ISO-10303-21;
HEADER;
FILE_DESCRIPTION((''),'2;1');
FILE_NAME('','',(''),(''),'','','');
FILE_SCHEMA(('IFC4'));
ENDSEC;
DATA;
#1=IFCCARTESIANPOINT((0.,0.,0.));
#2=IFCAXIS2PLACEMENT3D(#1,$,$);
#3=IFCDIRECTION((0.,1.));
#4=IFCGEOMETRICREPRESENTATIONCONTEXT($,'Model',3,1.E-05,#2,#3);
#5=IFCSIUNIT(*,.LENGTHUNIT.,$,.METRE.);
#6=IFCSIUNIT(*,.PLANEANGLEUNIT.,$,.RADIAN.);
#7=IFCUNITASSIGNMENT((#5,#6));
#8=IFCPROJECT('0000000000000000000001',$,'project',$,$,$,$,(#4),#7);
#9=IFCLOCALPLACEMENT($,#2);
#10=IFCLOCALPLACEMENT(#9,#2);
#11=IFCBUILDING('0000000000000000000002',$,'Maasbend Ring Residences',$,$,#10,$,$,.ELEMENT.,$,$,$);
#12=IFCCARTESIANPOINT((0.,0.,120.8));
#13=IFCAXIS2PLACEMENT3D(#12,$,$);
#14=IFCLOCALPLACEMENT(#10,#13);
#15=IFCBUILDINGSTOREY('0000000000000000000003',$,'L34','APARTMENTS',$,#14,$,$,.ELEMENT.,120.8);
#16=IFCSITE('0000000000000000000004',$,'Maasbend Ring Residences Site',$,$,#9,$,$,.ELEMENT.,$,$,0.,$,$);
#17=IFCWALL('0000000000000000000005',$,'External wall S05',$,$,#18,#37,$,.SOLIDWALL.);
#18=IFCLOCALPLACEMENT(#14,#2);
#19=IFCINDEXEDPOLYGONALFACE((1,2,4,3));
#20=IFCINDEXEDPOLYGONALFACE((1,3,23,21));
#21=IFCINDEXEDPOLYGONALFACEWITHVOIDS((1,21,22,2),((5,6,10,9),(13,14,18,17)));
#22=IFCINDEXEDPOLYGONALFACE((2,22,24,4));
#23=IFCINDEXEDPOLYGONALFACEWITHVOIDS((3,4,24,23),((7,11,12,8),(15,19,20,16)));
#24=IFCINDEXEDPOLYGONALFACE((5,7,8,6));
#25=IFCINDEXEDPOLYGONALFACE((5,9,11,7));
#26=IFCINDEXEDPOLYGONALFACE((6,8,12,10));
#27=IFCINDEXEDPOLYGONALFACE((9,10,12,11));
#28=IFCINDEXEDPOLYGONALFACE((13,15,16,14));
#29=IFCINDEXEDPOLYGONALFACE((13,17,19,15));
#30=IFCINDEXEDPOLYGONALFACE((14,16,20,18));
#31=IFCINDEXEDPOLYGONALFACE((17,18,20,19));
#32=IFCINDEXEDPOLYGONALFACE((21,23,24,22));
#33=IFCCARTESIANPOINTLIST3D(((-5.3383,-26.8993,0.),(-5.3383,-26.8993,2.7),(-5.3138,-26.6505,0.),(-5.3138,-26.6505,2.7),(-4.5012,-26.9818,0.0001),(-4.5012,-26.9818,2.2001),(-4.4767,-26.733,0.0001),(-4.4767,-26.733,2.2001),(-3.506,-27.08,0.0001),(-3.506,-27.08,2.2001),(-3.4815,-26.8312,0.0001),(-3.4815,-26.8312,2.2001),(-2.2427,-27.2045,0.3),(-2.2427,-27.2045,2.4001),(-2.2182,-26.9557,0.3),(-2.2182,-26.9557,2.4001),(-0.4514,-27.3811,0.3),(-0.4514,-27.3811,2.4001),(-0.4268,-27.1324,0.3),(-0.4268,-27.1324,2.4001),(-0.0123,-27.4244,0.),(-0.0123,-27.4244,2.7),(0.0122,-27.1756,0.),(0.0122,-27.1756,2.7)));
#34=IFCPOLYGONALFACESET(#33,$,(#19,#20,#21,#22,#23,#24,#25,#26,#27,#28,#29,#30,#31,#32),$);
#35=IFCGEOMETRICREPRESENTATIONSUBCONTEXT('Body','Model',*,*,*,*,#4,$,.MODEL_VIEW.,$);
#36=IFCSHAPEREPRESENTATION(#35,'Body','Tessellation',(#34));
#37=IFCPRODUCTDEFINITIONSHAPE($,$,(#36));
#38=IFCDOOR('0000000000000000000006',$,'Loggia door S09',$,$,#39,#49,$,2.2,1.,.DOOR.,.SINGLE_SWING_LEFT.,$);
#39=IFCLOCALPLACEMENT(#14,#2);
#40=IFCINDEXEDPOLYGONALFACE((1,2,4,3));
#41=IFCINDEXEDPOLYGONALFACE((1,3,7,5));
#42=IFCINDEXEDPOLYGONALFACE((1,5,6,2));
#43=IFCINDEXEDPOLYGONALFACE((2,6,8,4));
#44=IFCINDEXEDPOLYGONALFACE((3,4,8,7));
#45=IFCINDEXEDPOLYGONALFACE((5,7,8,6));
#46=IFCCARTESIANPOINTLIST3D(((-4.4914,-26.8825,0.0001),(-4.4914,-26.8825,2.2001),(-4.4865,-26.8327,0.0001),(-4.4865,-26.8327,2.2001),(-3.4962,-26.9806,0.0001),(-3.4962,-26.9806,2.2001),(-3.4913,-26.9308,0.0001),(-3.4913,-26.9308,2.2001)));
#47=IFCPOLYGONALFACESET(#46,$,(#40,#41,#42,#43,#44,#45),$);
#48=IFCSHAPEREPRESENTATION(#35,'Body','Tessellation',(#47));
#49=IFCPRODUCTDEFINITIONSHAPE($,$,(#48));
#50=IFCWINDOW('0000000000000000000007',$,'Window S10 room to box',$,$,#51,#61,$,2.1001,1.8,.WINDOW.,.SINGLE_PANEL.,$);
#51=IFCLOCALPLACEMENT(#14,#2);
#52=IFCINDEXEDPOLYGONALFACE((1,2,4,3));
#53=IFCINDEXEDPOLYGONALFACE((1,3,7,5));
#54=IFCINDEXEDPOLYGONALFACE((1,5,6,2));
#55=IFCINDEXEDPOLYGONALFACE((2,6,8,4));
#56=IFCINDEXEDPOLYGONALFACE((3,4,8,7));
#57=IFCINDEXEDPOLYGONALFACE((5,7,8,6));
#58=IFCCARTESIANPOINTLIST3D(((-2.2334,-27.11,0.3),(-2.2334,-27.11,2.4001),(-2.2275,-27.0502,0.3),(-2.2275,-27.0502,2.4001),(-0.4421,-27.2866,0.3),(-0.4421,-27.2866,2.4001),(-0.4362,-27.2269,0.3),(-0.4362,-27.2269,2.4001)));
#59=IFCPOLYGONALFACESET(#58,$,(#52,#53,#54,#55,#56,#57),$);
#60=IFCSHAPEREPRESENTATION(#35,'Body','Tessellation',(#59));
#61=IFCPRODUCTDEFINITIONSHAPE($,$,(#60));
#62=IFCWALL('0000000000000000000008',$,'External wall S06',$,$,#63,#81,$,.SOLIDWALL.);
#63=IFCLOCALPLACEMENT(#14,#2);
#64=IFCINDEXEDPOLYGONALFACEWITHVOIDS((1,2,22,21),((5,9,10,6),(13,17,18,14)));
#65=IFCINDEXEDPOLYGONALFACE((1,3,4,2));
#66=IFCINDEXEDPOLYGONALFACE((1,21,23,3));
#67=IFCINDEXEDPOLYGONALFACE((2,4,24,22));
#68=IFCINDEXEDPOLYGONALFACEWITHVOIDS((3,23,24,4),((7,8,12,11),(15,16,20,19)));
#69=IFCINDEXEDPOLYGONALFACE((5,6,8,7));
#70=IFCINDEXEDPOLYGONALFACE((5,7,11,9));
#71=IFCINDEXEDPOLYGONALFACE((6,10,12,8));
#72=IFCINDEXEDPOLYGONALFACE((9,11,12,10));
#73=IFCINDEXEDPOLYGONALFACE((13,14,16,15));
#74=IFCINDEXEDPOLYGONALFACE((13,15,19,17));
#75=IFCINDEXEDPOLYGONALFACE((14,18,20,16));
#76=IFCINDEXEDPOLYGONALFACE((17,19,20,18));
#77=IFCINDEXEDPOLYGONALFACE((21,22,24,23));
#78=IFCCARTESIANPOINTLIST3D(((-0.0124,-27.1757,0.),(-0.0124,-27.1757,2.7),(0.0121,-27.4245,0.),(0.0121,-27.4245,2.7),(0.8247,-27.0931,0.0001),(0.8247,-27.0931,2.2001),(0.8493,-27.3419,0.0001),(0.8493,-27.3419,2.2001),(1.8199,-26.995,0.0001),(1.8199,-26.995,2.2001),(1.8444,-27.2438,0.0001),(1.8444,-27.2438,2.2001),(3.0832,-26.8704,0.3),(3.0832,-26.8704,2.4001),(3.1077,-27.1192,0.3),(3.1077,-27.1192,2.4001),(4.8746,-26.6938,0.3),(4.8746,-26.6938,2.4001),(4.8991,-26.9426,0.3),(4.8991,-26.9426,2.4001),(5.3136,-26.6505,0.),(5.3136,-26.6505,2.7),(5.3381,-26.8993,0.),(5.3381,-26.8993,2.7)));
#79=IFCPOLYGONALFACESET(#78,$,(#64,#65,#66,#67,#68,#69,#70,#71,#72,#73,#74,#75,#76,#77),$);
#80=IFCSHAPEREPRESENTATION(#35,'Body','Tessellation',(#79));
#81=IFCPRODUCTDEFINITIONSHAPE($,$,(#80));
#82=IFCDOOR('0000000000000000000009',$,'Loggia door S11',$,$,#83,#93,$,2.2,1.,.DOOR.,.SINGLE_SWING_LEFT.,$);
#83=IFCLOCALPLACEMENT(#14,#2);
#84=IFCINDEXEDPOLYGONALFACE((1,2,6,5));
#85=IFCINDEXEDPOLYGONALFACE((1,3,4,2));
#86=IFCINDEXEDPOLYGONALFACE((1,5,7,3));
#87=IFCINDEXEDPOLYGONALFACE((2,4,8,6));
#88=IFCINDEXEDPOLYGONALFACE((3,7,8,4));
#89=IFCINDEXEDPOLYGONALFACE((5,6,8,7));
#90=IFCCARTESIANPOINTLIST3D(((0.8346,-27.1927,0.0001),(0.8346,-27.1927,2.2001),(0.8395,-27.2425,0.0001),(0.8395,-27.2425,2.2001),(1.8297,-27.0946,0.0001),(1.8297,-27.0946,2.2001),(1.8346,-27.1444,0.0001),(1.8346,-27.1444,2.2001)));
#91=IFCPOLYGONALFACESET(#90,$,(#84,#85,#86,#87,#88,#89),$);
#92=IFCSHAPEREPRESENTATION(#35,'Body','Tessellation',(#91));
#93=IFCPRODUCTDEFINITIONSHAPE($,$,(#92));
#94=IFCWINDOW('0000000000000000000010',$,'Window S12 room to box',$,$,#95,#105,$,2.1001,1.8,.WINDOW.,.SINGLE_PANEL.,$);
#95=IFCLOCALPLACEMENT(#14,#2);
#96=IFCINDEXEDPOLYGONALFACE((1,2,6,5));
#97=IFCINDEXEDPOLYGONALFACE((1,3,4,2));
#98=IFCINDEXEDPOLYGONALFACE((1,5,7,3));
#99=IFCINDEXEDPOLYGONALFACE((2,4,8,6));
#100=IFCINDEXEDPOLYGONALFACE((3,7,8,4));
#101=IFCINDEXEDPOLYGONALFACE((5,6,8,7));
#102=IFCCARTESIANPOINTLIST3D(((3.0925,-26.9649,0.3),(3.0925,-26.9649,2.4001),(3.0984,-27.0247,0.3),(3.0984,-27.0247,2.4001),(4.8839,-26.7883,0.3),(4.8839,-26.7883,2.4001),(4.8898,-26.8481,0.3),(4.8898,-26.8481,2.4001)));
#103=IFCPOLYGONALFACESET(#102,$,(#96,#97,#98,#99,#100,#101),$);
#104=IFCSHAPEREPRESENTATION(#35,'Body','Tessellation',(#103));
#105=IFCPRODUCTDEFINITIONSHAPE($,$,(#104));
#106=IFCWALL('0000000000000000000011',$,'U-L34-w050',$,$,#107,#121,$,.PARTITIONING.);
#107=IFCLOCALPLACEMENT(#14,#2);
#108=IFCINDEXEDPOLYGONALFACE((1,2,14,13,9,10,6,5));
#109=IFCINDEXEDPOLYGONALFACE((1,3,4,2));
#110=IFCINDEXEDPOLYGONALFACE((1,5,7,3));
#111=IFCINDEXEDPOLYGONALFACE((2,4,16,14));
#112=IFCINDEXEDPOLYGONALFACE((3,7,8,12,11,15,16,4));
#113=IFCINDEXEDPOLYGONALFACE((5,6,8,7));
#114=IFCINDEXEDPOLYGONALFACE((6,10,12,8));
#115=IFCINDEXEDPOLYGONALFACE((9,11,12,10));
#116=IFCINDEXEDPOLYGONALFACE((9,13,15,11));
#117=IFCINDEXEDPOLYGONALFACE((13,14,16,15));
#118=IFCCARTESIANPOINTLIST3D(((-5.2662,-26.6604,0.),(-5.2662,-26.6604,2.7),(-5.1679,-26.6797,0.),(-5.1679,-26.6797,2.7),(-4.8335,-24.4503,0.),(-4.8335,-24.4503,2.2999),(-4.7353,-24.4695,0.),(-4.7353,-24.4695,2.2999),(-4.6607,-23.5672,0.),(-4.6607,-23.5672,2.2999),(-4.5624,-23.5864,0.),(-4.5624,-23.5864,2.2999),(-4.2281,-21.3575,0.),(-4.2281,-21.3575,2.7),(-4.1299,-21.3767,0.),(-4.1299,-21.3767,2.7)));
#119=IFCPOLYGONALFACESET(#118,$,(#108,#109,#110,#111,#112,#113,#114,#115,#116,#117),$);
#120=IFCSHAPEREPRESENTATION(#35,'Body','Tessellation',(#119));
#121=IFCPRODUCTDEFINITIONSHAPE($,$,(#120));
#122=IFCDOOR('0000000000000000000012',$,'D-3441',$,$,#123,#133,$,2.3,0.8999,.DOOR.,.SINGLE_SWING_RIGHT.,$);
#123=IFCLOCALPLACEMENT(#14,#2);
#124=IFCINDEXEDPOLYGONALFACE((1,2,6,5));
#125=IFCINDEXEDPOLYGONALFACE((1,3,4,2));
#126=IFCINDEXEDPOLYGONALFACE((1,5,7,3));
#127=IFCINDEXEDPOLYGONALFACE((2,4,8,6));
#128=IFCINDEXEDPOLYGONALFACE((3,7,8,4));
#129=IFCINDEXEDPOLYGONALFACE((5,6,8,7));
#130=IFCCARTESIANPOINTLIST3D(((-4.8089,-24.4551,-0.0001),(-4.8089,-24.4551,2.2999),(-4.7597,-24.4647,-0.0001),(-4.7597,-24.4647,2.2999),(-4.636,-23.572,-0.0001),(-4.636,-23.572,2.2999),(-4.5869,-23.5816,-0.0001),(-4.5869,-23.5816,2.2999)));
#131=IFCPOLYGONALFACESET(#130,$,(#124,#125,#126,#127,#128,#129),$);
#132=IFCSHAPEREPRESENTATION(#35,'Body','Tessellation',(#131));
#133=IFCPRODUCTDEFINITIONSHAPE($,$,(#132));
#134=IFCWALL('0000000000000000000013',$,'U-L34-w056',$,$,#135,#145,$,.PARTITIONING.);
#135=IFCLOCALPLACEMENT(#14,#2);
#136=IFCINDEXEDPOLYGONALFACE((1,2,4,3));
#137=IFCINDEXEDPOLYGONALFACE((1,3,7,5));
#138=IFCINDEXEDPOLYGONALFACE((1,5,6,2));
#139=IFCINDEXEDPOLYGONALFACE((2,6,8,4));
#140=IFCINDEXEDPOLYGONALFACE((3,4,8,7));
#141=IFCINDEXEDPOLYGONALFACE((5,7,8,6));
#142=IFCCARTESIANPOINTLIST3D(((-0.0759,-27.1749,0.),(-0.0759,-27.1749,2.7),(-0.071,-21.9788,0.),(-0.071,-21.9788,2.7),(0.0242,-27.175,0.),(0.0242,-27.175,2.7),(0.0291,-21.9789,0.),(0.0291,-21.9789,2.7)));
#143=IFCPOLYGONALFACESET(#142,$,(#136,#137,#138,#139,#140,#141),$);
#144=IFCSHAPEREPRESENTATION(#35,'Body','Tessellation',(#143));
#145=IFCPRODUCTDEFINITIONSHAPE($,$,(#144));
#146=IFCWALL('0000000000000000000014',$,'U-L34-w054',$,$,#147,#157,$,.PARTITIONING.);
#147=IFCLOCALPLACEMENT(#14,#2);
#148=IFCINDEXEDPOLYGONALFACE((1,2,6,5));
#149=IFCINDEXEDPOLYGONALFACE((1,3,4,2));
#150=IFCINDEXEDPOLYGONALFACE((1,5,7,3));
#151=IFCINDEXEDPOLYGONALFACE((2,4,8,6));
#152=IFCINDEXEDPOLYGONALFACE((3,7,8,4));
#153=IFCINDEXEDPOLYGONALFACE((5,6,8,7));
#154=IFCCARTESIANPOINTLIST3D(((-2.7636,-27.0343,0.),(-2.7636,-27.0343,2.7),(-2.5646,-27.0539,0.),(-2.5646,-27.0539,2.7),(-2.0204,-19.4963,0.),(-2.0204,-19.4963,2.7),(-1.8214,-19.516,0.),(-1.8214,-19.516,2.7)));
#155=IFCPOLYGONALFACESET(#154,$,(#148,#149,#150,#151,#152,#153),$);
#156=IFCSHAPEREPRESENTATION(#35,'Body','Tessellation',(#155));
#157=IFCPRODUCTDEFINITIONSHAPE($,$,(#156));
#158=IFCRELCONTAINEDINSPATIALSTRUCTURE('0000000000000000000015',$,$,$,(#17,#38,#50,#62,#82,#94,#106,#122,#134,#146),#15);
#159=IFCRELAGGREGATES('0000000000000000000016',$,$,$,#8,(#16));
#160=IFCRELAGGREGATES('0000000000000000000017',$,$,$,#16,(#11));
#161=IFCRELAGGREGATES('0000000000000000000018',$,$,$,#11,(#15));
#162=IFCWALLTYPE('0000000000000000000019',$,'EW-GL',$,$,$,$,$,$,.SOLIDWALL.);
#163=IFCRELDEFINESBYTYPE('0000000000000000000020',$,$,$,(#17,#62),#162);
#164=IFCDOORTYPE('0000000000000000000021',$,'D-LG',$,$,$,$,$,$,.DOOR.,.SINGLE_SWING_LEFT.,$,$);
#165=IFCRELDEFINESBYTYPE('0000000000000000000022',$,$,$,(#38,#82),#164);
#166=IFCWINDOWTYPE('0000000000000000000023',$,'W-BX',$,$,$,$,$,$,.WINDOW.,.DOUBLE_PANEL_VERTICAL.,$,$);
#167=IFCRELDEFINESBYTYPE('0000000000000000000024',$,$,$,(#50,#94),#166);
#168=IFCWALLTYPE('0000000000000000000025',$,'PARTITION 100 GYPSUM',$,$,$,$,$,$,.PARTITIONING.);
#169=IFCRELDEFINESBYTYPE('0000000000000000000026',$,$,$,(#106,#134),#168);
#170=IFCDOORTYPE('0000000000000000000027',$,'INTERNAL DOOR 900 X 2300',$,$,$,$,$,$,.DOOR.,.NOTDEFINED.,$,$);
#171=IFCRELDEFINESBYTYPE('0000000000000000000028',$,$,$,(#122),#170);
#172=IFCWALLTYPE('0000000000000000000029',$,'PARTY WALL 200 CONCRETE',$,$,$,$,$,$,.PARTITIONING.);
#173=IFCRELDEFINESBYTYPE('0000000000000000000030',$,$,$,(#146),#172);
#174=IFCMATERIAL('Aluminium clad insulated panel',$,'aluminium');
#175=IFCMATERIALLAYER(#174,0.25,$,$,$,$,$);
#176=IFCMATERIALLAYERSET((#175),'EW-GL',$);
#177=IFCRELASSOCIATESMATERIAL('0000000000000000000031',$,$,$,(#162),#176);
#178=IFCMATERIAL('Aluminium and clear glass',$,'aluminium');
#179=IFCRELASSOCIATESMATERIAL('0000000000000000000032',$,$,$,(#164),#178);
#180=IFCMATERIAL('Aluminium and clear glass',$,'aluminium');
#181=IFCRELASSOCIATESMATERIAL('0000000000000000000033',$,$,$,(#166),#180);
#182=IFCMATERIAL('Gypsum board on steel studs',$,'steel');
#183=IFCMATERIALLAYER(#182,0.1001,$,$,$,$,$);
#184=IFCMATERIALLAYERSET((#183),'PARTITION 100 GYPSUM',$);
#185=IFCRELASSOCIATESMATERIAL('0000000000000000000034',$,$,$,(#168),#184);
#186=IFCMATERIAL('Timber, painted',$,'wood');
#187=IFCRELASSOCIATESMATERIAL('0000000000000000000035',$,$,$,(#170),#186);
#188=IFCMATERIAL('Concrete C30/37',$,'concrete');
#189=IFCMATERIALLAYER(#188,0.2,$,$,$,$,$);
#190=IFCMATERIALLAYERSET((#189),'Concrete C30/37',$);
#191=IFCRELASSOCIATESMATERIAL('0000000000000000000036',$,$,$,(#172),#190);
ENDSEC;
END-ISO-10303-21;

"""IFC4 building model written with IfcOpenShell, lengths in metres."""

from ifc_helpers import new_model, si_unit, direction, frame, frame_2d, origin, place, context, subcontext, project, spatial, rectangle, extrude, material, layer, layer_set, type_object, element, fill, save


model = new_model("IFC4")

# Units and contexts
model_context = context("Model", 3, precision=1e-05, world=origin(), true_north=direction((0.0, 1.0)))
body_context = subcontext(model_context, "Body", "Model", "MODEL_VIEW")
ifc_project = project(units=[si_unit("LENGTHUNIT", "METRE"), si_unit("PLANEANGLEUNIT", "RADIAN")], contexts=[model_context])

# Site, building, storey
site_placement = place(None, origin())
site = spatial("IfcSite", under=ifc_project, at=site_placement, Name="Maasbend Ring Residences Site", CompositionType="ELEMENT", RefElevation=0.0)
building_placement = place(site_placement, origin())
building = spatial("IfcBuilding", under=site, at=building_placement, Name="Maasbend Ring Residences", CompositionType="ELEMENT")
storey_placement = place(building_placement, frame((0.0, 0.0, 120.8)))
storey = spatial("IfcBuildingStorey", under=building, at=storey_placement, Name="L34", Description="APARTMENTS", CompositionType="ELEMENT", Elevation=120.8)

# Walls, openings, doors, windows
ifc_material_1 = material(Name="Aluminium clad insulated panel", Category="aluminium")
ifc_layer_1 = layer(ifc_material_1, 0.25)
ifc_layer_set_1 = layer_set([ifc_layer_1], Name="EW-GL")
wall_type_1 = type_object("IfcWallType", Name="EW-GL", PredefinedType="SOLIDWALL", material=ifc_layer_set_1)
wall_1_placement = place(storey_placement, frame((-5.3259, -26.7749, 0.0), z_axis=(0.0, 0.0, 1.0), x_axis=(0.995174, -0.098126, 0.0)))
wall_1 = element("IfcWall", 1, at=wall_1_placement, inside=storey, type_object=wall_type_1, Name="External wall S05", PredefinedType="SOLIDWALL", context=body_context, shape_type="SweptSolid", body=[
    extrude(rectangle(XDim=5.3518, YDim=0.25, at=frame_2d((2.6758, 0.0))), origin(), (0.0, 0.0, 1.0), 2.7),
])
opening_1_placement = place(wall_1_placement, frame((0.8411, 0.0, 0.0)))
opening_1 = element("IfcOpeningElement", 2, at=opening_1_placement, cuts=wall_1, PredefinedType="OPENING", context=body_context, shape_type="SweptSolid", body=[
    extrude(rectangle(XDim=1.0, YDim=2.2, at=frame_2d((0.5, 1.1001))), frame((0.0, 0.135, 0.0), z_axis=(0.0, -1.0, 0.0), x_axis=(1.0, 0.0, 0.0)), (0.0, 0.0, 1.0), 0.27),
])
opening_2_placement = place(wall_1_placement, frame((3.1106, 0.0, 0.3)))
opening_2 = element("IfcOpeningElement", 3, at=opening_2_placement, cuts=wall_1, PredefinedType="OPENING", context=body_context, shape_type="SweptSolid", body=[
    extrude(rectangle(XDim=1.8, YDim=2.1001, at=frame_2d((0.8999, 1.05))), frame((0.0, 0.135, 0.0), z_axis=(0.0, -1.0, 0.0), x_axis=(1.0, 0.0, 0.0)), (0.0, 0.0, 1.0), 0.27),
])
ifc_material_2 = material(Name="Aluminium and clear glass", Category="aluminium")
door_type_1 = type_object("IfcDoorType", Name="D-LG", OperationType="SINGLE_SWING_LEFT", PredefinedType="DOOR", material=ifc_material_2)
door_1_placement = place(opening_1_placement, origin())
door_1 = element("IfcDoor", 4, at=door_1_placement, inside=storey, type_object=door_type_1, Name="Loggia door S09", OperationType="SINGLE_SWING_LEFT", OverallHeight=2.2, OverallWidth=1.0, PredefinedType="DOOR", context=body_context, shape_type="SweptSolid", body=[
    extrude(rectangle(XDim=1.0, YDim=2.2, at=frame_2d((0.5, 1.1001))), frame((0.0, 0.0249, 0.0), z_axis=(0.0, -1.0, 0.0), x_axis=(1.0, 0.0, 0.0)), (0.0, 0.0, 1.0), 0.05),
])
fill(opening_1, door_1)
ifc_material_3 = material(Name="Aluminium and clear glass", Category="aluminium")
window_type_1 = type_object("IfcWindowType", Name="W-BX", PartitioningType="DOUBLE_PANEL_VERTICAL", PredefinedType="WINDOW", material=ifc_material_3)
window_1_placement = place(opening_2_placement, origin())
window_1 = element("IfcWindow", 5, at=window_1_placement, inside=storey, type_object=window_type_1, Name="Window S10 room to box", OverallHeight=2.1001, OverallWidth=1.8, PartitioningType="SINGLE_PANEL", PredefinedType="WINDOW", context=body_context, shape_type="SweptSolid", body=[
    extrude(rectangle(XDim=1.8, YDim=2.1001, at=frame_2d((0.8999, 1.05))), frame((0.0, 0.03, 0.0), z_axis=(0.0, -1.0, 0.0), x_axis=(1.0, 0.0, 0.0)), (0.0, 0.0, 1.0), 0.0601),
])
fill(opening_2, window_1)
wall_2_placement = place(storey_placement, frame((0.0, -27.3, 0.0), z_axis=(0.0, 0.0, 1.0), x_axis=(0.995174, 0.098126, 0.0)))
wall_2 = element("IfcWall", 6, at=wall_2_placement, inside=storey, type_object=wall_type_1, Name="External wall S06", PredefinedType="SOLIDWALL", context=body_context, shape_type="SweptSolid", body=[
    extrude(rectangle(XDim=5.3518, YDim=0.25, at=frame_2d((2.6758, 0.0))), origin(), (0.0, 0.0, 1.0), 2.7),
])
opening_3_placement = place(wall_2_placement, frame((0.8411, 0.0, 0.0)))
opening_3 = element("IfcOpeningElement", 7, at=opening_3_placement, cuts=wall_2, PredefinedType="OPENING", context=body_context, shape_type="SweptSolid", body=[
    extrude(rectangle(XDim=1.0, YDim=2.2, at=frame_2d((0.5, 1.1001))), frame((0.0, 0.135, 0.0), z_axis=(0.0, -1.0, 0.0), x_axis=(1.0, 0.0, 0.0)), (0.0, 0.0, 1.0), 0.27),
])
opening_4_placement = place(wall_2_placement, frame((3.1106, 0.0, 0.3)))
opening_4 = element("IfcOpeningElement", 8, at=opening_4_placement, cuts=wall_2, PredefinedType="OPENING", context=body_context, shape_type="SweptSolid", body=[
    extrude(rectangle(XDim=1.8, YDim=2.1001, at=frame_2d((0.8999, 1.05))), frame((0.0, 0.135, 0.0), z_axis=(0.0, -1.0, 0.0), x_axis=(1.0, 0.0, 0.0)), (0.0, 0.0, 1.0), 0.27),
])
door_2_placement = place(opening_3_placement, origin())
door_2 = element("IfcDoor", 9, at=door_2_placement, inside=storey, type_object=door_type_1, Name="Loggia door S11", OperationType="SINGLE_SWING_LEFT", OverallHeight=2.2, OverallWidth=1.0, PredefinedType="DOOR", context=body_context, shape_type="SweptSolid", body=[
    extrude(rectangle(XDim=1.0, YDim=2.2, at=frame_2d((0.5, 1.1001))), frame((0.0, 0.0249, 0.0), z_axis=(0.0, -1.0, 0.0), x_axis=(1.0, 0.0, 0.0)), (0.0, 0.0, 1.0), 0.05),
])
fill(opening_3, door_2)
window_2_placement = place(opening_4_placement, origin())
window_2 = element("IfcWindow", 10, at=window_2_placement, inside=storey, type_object=window_type_1, Name="Window S12 room to box", OverallHeight=2.1001, OverallWidth=1.8, PartitioningType="SINGLE_PANEL", PredefinedType="WINDOW", context=body_context, shape_type="SweptSolid", body=[
    extrude(rectangle(XDim=1.8, YDim=2.1001, at=frame_2d((0.8999, 1.05))), frame((0.0, 0.03, 0.0), z_axis=(0.0, -1.0, 0.0), x_axis=(1.0, 0.0, 0.0)), (0.0, 0.0, 1.0), 0.0601),
])
fill(opening_4, window_2)

# Wall, opening, door
ifc_material_4 = material(Name="Gypsum board on steel studs", Category="steel")
ifc_layer_2 = layer(ifc_material_4, 0.1001)
ifc_layer_set_2 = layer_set([ifc_layer_2], Name="PARTITION 100 GYPSUM")
wall_type_2 = type_object("IfcWallType", Name="PARTITION 100 GYPSUM", PredefinedType="PARTITIONING", material=ifc_layer_set_2)
wall_3_placement = place(storey_placement, frame((-5.217, -26.6699, 0.0), z_axis=(0.0, 0.0, 1.0), x_axis=(0.192109, 0.981374, 0.0)))
wall_3 = element("IfcWall", 11, at=wall_3_placement, inside=storey, type_object=wall_type_2, Name="U-L34-w050", PredefinedType="PARTITIONING", context=body_context, shape_type="SweptSolid", body=[
    extrude(rectangle(XDim=5.4036, YDim=0.1001, at=frame_2d((2.7017, 0.0))), origin(), (0.0, 0.0, 1.0), 2.7),
])
opening_5_placement = place(wall_3_placement, frame((2.252, 0.0, 0.0)))
opening_5 = element("IfcOpeningElement", 12, at=opening_5_placement, cuts=wall_3, PredefinedType="OPENING", context=body_context, shape_type="SweptSolid", body=[
    extrude(rectangle(XDim=0.8999, YDim=2.3, at=frame_2d((0.45, 1.1499))), frame((0.0, 0.0601, 0.0), z_axis=(0.0, -1.0, 0.0), x_axis=(1.0, 0.0, 0.0)), (0.0, 0.0, 1.0), 0.1201),
])
ifc_material_5 = material(Name="Timber, painted", Category="wood")
door_type_2 = type_object("IfcDoorType", Name="INTERNAL DOOR 900 X 2300", OperationType="NOTDEFINED", PredefinedType="DOOR", material=ifc_material_5)
door_3_placement = place(opening_5_placement, origin())
door_3 = element("IfcDoor", 13, at=door_3_placement, inside=storey, type_object=door_type_2, Name="D-3441", OperationType="SINGLE_SWING_RIGHT", OverallHeight=2.3, OverallWidth=0.8999, PredefinedType="DOOR", context=body_context, shape_type="SweptSolid", body=[
    extrude(rectangle(XDim=0.8999, YDim=2.3, at=frame_2d((0.45, 1.1499))), frame((0.0, 0.0249, 0.0), z_axis=(0.0, -1.0, 0.0), x_axis=(1.0, 0.0, 0.0)), (0.0, 0.0, 1.0), 0.05),
])
fill(opening_5, door_3)

# Walls
wall_4_placement = place(storey_placement, frame((-0.0259, -27.175, 0.0), z_axis=(0.0, 0.0, 1.0), x_axis=(0.00094, 1.0, 0.0)))
element("IfcWall", 14, at=wall_4_placement, inside=storey, type_object=wall_type_2, Name="U-L34-w056", PredefinedType="PARTITIONING", context=body_context, shape_type="SweptSolid", body=[
    extrude(rectangle(XDim=5.196, YDim=0.1001, at=frame_2d((2.5981, 0.0))), origin(), (0.0, 0.0, 1.0), 2.7),
])
ifc_material_6 = material(Name="Concrete C30/37", Category="concrete")
ifc_layer_3 = layer(ifc_material_6, 0.2)
ifc_layer_set_3 = layer_set([ifc_layer_3], Name="Concrete C30/37")
wall_type_3 = type_object("IfcWallType", Name="PARTY WALL 200 CONCRETE", PredefinedType="PARTITIONING", material=ifc_layer_set_3)
wall_5_placement = place(storey_placement, frame((-2.6641, -27.0439, 0.0), z_axis=(0.0, 0.0, 1.0), x_axis=(0.098115, 0.995175, 0.0)))
element("IfcWall", 15, at=wall_5_placement, inside=storey, type_object=wall_type_3, Name="U-L34-w054", PredefinedType="PARTITIONING", context=body_context, shape_type="SweptSolid", body=[
    extrude(rectangle(XDim=7.5745, YDim=0.2, at=frame_2d((3.7871, 0.0))), origin(), (0.0, 0.0, 1.0), 2.7),
])

save(model, "model.ifc")
